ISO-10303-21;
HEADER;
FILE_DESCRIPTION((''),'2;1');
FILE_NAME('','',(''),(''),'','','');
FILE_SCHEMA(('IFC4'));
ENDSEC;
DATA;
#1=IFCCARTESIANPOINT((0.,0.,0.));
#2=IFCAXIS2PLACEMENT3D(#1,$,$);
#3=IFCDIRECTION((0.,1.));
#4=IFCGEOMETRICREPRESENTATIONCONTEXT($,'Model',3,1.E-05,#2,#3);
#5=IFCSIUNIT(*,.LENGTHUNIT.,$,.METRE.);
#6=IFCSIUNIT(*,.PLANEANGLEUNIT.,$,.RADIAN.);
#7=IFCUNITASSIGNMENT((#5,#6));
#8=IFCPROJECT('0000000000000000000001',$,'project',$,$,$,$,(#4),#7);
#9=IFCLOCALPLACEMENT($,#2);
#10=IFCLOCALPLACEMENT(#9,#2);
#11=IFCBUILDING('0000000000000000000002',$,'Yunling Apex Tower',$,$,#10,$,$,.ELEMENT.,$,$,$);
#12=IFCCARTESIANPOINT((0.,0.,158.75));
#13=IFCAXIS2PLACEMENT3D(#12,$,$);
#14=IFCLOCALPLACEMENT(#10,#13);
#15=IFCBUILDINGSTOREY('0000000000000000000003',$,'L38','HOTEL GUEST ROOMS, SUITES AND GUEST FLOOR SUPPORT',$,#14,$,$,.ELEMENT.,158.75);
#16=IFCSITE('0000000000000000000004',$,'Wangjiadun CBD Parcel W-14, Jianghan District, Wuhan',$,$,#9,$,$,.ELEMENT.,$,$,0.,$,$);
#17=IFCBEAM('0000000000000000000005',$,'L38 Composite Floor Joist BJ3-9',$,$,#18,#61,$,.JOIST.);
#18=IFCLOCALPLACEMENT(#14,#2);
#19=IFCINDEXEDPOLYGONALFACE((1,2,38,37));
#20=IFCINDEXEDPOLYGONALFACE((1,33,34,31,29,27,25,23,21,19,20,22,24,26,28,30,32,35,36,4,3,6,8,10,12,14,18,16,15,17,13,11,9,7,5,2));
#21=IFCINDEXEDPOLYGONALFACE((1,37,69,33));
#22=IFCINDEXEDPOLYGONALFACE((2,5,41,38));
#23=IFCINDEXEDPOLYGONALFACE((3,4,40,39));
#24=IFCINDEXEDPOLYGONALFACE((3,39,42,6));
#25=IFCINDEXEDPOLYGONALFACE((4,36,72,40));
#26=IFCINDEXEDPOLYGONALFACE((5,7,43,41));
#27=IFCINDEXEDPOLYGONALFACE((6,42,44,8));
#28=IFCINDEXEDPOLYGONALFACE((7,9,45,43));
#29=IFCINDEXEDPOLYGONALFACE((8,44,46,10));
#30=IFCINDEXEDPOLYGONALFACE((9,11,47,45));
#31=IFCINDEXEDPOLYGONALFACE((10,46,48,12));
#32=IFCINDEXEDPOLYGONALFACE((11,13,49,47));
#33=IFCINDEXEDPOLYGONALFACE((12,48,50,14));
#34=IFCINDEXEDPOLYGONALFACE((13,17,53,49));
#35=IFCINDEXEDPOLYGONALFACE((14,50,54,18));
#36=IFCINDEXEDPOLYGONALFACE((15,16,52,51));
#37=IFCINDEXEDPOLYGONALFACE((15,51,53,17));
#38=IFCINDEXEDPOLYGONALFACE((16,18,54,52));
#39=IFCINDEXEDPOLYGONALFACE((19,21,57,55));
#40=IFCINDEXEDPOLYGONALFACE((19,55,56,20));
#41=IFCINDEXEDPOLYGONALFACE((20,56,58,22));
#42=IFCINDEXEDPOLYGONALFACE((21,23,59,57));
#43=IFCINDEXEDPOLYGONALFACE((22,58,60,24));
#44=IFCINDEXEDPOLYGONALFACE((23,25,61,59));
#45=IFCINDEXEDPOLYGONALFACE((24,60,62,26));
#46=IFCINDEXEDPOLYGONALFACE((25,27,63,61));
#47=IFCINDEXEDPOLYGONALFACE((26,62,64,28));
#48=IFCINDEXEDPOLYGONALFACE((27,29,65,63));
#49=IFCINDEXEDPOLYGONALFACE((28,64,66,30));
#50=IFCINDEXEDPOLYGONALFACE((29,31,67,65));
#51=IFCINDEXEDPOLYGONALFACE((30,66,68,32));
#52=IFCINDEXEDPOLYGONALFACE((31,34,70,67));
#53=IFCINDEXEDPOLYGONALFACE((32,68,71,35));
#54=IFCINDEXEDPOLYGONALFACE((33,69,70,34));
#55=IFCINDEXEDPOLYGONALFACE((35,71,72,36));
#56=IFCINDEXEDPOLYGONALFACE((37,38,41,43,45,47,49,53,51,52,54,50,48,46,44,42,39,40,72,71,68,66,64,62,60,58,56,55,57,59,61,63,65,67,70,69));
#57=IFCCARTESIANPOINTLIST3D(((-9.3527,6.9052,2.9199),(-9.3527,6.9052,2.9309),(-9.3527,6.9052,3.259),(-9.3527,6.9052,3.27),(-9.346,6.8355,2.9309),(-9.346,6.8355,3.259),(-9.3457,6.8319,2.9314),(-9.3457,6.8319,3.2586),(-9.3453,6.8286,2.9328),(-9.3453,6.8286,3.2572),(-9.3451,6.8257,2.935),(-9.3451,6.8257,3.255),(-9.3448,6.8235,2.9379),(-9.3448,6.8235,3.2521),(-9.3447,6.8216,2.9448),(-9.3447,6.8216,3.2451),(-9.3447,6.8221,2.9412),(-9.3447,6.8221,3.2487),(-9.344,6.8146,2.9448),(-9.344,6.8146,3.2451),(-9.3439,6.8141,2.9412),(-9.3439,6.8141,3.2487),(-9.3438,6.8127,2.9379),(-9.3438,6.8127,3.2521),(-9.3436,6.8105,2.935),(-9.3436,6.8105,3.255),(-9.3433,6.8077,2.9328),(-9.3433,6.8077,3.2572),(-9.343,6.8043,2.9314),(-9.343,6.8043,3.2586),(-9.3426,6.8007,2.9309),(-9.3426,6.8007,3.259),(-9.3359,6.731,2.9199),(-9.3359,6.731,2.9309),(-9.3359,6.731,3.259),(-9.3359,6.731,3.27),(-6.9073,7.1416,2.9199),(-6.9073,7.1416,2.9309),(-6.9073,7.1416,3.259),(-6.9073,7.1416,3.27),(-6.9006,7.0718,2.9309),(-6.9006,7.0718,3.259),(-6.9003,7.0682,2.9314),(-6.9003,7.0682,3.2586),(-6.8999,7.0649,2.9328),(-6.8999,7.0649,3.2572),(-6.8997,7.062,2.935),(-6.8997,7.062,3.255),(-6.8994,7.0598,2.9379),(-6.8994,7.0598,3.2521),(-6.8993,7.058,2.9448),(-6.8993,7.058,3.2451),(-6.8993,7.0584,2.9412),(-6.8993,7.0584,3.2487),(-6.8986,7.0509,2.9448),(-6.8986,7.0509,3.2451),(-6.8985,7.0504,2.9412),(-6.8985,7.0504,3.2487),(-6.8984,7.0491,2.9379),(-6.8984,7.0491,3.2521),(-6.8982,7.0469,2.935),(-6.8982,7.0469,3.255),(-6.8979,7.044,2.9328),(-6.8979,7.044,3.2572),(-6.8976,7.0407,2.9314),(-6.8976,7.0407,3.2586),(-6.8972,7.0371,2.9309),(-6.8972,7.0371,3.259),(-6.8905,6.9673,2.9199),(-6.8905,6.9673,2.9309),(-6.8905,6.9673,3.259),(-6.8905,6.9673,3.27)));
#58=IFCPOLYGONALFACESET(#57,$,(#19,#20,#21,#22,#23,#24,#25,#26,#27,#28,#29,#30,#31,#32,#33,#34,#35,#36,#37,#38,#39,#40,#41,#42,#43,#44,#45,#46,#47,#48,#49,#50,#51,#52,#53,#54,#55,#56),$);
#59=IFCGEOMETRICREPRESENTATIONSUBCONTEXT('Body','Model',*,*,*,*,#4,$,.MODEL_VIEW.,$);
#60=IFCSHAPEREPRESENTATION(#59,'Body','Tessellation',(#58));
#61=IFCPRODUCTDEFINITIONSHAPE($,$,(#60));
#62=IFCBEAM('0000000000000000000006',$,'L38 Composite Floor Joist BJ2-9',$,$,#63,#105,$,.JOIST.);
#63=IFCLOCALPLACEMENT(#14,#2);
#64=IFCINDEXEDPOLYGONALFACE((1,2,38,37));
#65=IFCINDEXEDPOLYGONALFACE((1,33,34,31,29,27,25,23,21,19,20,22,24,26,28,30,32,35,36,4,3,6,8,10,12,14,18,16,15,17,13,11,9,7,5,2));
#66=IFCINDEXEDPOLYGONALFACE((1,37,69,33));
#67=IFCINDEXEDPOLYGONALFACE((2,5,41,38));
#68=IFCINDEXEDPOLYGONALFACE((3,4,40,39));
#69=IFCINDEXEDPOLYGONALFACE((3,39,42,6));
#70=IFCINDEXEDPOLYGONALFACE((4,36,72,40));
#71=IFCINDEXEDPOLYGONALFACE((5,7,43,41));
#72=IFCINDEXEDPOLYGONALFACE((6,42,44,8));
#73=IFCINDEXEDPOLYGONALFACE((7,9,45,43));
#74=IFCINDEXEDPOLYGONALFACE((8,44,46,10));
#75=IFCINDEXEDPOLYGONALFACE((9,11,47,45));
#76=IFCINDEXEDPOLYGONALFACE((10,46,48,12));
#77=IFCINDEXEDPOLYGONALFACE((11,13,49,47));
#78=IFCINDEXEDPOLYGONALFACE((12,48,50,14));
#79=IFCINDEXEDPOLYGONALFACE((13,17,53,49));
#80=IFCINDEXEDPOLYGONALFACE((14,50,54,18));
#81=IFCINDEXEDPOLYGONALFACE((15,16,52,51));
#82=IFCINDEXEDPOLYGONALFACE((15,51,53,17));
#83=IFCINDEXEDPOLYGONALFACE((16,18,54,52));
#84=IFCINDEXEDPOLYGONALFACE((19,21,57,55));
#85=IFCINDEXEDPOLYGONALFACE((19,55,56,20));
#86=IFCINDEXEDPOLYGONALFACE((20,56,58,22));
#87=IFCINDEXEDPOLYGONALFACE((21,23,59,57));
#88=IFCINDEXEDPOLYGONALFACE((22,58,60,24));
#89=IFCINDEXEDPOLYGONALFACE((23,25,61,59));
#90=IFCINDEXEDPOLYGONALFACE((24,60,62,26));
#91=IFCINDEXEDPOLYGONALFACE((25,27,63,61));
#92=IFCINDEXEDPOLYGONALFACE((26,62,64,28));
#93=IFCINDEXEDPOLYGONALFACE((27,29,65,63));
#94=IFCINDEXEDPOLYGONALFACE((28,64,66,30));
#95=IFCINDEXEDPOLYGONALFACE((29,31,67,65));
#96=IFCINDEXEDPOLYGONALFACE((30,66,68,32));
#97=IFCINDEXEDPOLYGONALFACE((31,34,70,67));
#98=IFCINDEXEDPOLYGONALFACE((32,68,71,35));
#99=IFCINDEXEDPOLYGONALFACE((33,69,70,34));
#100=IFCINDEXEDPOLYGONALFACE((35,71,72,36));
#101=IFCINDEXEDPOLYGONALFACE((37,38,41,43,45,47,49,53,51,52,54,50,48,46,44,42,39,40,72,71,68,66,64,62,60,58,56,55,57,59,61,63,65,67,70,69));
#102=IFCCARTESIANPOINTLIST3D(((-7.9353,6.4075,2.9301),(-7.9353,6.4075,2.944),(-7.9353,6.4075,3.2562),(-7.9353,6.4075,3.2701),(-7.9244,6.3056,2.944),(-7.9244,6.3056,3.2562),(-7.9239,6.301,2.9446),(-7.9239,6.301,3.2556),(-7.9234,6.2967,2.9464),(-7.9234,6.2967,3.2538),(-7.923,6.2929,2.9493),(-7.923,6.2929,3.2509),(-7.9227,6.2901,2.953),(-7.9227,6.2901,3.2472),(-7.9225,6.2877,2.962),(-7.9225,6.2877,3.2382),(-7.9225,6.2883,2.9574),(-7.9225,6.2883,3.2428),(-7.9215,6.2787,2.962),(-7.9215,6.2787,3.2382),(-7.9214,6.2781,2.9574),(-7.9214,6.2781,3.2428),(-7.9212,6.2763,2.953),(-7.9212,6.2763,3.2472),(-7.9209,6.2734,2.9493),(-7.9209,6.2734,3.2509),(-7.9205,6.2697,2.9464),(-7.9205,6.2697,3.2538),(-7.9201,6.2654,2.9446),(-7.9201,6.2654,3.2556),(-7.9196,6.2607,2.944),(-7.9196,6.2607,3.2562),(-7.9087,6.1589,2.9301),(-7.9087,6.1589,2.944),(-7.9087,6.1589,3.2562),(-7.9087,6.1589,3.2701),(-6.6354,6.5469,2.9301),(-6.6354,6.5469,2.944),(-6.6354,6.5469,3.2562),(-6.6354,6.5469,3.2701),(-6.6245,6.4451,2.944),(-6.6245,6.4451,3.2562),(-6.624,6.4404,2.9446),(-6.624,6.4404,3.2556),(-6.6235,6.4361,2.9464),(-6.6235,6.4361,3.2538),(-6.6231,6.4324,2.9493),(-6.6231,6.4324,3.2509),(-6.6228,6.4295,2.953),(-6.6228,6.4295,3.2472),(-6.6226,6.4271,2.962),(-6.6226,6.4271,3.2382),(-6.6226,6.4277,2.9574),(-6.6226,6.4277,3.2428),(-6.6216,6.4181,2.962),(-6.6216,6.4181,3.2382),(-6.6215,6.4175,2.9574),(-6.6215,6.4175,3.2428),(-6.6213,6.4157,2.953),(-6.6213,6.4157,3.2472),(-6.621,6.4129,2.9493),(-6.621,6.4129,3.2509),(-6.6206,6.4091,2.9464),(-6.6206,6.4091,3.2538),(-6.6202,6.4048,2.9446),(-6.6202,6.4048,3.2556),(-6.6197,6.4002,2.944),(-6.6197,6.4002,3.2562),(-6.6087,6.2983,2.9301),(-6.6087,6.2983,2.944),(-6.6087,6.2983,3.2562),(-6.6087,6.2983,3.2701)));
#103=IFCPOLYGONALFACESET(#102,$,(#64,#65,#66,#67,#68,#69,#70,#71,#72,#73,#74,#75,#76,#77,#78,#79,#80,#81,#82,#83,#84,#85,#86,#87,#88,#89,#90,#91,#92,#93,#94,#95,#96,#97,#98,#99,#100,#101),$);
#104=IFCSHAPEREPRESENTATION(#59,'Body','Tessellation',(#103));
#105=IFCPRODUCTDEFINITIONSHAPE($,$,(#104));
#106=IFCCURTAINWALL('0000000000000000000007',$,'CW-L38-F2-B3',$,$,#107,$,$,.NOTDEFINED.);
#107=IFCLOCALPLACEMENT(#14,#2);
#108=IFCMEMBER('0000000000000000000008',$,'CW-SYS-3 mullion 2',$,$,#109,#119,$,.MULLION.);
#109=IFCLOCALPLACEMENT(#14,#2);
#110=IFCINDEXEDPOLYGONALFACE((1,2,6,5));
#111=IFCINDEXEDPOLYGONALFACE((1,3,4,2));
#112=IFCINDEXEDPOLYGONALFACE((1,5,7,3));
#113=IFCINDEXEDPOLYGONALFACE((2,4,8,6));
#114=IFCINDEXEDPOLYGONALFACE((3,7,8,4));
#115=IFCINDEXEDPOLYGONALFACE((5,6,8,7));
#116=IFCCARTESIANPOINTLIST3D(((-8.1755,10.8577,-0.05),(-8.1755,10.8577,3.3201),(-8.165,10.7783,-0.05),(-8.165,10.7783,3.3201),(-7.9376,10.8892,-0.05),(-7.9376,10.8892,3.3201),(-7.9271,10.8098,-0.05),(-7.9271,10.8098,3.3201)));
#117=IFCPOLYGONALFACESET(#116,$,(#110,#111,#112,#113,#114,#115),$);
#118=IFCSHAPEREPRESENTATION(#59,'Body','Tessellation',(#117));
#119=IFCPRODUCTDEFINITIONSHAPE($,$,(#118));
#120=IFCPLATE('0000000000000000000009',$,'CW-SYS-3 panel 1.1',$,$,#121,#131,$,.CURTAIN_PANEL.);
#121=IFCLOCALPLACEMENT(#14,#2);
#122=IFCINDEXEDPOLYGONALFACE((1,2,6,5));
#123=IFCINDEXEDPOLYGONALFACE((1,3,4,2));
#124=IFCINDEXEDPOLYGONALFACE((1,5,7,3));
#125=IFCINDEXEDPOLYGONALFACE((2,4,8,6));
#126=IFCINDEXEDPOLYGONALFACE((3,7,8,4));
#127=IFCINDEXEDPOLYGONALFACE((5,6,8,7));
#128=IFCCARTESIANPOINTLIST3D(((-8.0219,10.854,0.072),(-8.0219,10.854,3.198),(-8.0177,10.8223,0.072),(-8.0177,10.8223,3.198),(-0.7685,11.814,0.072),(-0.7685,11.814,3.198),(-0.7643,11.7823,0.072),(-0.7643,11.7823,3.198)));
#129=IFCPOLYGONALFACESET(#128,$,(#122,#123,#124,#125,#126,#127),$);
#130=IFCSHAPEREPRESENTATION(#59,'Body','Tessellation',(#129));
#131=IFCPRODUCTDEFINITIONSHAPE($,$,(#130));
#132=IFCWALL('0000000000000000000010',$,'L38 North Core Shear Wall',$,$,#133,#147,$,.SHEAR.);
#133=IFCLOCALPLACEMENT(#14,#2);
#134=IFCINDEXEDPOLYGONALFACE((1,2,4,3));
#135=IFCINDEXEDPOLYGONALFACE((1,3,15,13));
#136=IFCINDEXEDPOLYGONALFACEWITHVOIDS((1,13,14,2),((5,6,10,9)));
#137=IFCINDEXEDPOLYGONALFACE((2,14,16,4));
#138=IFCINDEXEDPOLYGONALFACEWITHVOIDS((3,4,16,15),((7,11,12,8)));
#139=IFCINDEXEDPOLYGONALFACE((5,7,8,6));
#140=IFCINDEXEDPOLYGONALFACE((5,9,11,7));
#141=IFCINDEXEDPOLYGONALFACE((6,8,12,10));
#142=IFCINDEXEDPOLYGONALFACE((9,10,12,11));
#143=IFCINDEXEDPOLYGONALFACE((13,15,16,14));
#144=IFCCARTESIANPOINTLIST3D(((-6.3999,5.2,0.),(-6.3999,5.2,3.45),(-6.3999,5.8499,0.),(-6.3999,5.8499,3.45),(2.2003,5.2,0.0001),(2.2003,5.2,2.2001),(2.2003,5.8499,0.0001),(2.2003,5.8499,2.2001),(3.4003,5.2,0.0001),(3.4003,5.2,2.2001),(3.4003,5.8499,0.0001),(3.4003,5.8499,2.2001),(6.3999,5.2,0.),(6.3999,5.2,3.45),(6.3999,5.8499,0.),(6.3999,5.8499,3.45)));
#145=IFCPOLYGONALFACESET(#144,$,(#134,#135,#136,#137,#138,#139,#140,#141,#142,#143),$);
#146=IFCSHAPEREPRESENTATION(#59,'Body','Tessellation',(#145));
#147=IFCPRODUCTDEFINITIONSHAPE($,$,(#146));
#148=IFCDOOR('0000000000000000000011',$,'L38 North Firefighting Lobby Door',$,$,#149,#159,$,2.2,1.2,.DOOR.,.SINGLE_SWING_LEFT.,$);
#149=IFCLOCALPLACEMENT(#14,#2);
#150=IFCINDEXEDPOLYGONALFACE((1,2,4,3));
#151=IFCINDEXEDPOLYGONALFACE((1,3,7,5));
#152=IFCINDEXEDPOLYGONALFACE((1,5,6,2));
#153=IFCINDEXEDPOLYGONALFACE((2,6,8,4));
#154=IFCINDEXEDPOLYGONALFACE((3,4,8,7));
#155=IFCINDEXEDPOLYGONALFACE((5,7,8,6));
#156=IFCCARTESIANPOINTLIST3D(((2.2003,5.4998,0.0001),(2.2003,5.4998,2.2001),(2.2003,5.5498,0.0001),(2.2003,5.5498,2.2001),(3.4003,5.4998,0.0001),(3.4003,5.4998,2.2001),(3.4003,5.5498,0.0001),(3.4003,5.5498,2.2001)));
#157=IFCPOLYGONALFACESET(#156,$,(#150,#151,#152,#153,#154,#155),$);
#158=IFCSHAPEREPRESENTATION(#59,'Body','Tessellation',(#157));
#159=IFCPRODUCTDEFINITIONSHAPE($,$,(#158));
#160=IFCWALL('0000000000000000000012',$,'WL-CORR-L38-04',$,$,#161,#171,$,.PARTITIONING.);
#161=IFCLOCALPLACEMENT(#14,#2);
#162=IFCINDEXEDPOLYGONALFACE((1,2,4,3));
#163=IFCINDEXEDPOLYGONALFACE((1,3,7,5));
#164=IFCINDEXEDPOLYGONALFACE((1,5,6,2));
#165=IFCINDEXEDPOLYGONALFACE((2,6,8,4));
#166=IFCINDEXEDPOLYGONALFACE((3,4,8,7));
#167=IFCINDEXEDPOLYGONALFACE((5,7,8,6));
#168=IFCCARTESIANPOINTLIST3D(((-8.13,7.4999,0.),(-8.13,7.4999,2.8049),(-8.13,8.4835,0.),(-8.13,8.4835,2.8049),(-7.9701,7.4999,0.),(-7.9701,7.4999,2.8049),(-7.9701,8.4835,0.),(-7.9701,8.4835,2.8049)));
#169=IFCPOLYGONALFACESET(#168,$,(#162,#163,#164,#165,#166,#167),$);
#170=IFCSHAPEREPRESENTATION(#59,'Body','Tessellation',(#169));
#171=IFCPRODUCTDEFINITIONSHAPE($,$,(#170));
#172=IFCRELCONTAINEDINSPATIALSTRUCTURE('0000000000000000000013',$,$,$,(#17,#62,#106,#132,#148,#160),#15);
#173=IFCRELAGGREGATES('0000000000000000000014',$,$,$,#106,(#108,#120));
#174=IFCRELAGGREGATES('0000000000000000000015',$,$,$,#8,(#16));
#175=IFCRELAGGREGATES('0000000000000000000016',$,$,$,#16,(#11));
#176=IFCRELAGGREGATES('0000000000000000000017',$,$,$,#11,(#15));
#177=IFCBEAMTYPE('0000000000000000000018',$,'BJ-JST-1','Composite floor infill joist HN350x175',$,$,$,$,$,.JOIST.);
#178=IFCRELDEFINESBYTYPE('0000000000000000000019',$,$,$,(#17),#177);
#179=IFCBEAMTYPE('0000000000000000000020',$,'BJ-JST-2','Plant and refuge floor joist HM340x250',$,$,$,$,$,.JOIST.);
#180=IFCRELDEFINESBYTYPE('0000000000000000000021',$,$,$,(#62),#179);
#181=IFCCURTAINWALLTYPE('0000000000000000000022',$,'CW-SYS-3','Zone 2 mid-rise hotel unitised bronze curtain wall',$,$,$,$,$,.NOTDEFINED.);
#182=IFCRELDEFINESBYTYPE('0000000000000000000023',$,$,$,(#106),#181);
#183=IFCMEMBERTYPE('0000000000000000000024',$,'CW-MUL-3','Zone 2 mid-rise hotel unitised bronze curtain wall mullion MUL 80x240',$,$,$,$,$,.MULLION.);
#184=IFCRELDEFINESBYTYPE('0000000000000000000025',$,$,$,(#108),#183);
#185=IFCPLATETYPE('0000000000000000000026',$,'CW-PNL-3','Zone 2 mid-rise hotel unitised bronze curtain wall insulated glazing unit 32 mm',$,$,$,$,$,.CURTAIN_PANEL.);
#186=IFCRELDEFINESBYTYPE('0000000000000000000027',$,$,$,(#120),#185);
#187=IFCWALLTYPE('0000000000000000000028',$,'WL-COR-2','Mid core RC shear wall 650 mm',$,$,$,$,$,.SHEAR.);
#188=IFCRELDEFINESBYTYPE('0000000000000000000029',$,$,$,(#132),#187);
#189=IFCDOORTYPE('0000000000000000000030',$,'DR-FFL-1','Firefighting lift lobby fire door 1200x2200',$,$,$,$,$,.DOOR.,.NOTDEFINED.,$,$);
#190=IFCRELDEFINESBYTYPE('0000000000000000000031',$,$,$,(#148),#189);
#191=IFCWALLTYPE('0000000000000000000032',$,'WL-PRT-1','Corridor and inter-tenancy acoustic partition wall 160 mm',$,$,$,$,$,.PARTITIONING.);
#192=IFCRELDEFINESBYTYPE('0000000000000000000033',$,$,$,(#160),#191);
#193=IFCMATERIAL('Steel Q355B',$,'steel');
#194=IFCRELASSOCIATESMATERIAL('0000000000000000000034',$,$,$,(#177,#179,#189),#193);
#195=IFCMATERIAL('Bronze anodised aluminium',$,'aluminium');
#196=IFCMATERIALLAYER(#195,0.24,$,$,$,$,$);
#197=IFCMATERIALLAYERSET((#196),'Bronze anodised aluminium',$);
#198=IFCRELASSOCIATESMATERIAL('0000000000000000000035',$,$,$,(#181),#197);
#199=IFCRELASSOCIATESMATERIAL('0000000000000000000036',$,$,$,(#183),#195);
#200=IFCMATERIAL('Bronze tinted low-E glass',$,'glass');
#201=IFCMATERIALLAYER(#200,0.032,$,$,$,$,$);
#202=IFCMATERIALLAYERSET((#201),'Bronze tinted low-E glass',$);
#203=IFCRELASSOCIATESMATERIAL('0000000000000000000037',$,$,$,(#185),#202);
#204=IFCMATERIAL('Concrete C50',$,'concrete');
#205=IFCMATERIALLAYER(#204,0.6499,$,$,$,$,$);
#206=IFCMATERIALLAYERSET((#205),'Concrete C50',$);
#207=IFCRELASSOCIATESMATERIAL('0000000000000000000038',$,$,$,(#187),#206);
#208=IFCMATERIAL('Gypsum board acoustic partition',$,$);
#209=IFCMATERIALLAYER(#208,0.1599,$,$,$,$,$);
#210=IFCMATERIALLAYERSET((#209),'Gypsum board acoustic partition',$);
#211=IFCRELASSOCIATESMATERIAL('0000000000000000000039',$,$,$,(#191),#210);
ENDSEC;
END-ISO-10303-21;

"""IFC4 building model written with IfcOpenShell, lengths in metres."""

from ifc_helpers import new_model, si_unit, direction, frame, frame_2d, origin, origin_2d, place, context, subcontext, project, spatial, rectangle, i_section, extrude, source, transform, mapped, material, layer, layer_set, material_profile, profile_set, type_object, element, fill, aggregate, save


model = new_model("IFC4")

# Units and contexts
model_context = context("Model", 3, precision=1e-05, world=origin(), true_north=direction((0.0, 1.0)))
body_context = subcontext(model_context, "Body", "Model", "MODEL_VIEW")
ifc_project = project(units=[si_unit("LENGTHUNIT", "METRE"), si_unit("PLANEANGLEUNIT", "RADIAN")], contexts=[model_context])

# Site, building, storey
site_placement = place(None, origin())
site = spatial("IfcSite", under=ifc_project, at=site_placement, Name="Wangjiadun CBD Parcel W-14, Jianghan District, Wuhan", CompositionType="ELEMENT", RefElevation=0.0)
building_placement = place(site_placement, origin())
building = spatial("IfcBuilding", under=site, at=building_placement, Name="Yunling Apex Tower", CompositionType="ELEMENT")
storey_placement = place(building_placement, frame((0.0, 0.0, 158.75)))
storey = spatial("IfcBuildingStorey", under=building, at=storey_placement, Name="L38", Description="HOTEL GUEST ROOMS, SUITES AND GUEST FLOOR SUPPORT", CompositionType="ELEMENT", Elevation=158.75)

# Beams
ifc_material_1 = material(Name="Steel Q355B", Category="steel")
ifc_material_profile_1 = material_profile(ifc_material_1, i_section(OverallWidth=0.175, OverallDepth=0.3501, WebThickness=0.0071, FlangeThickness=0.011, FilletRadius=0.0139, at=origin_2d()))
ifc_profile_set_1 = profile_set([ifc_material_profile_1], Name="Steel Q355B")
beam_type_1 = type_object("IfcBeamType", Name="BJ-JST-1", Description="Composite floor infill joist HN350x175", PredefinedType="JOIST", material=ifc_profile_set_1)
shared_shape_1 = source(origin(), body_context, "Body", "SweptSolid", [
    extrude(i_section(OverallWidth=0.175, OverallDepth=0.3501, WebThickness=0.0071, FlangeThickness=0.011, FilletRadius=0.0139, at=origin_2d()), origin(), (0.0, 0.0, 1.0), 2.4568),
])
beam_1_placement = place(storey_placement, frame((-6.8989, 7.0544, 3.095), z_axis=(-0.995362, -0.096197, 0.0), x_axis=(0.096197, -0.995362, 0.0)))
element("IfcBeam", 1, at=beam_1_placement, inside=storey, type_object=beam_type_1, Name="L38 Composite Floor Joist BJ3-9", PredefinedType="JOIST", context=body_context, shape_type="MappedRepresentation", body=[
    mapped(shared_shape_1, transform((0.0, 0.0, 0.0), scale=1.0)),
])
ifc_material_profile_2 = material_profile(ifc_material_1, i_section(OverallWidth=0.25, OverallDepth=0.3401, WebThickness=0.009, FlangeThickness=0.0139, FilletRadius=0.0181, at=origin_2d()))
ifc_profile_set_2 = profile_set([ifc_material_profile_2], Name="Steel Q355B")
beam_type_2 = type_object("IfcBeamType", Name="BJ-JST-2", Description="Plant and refuge floor joist HM340x250", PredefinedType="JOIST", material=ifc_profile_set_2)
shared_shape_2 = source(origin(), body_context, "Body", "SweptSolid", [
    extrude(i_section(OverallWidth=0.25, OverallDepth=0.3401, WebThickness=0.009, FlangeThickness=0.0139, FilletRadius=0.0181, at=origin_2d()), origin(), (0.0, 0.0, 1.0), 1.3074),
])
beam_2_placement = place(storey_placement, frame((-6.6221, 6.4226, 3.1001), z_axis=(-0.994298, -0.106639, 0.0), x_axis=(0.106639, -0.994298, 0.0)))
element("IfcBeam", 2, at=beam_2_placement, inside=storey, type_object=beam_type_2, Name="L38 Composite Floor Joist BJ2-9", PredefinedType="JOIST", context=body_context, shape_type="MappedRepresentation", body=[
    mapped(shared_shape_2, transform((0.0, 0.0, 0.0), scale=1.0)),
])

# Curtain wall, member, plate
ifc_material_2 = material(Name="Bronze anodised aluminium", Category="aluminium")
ifc_layer_1 = layer(ifc_material_2, 0.24)
ifc_layer_set_1 = layer_set([ifc_layer_1], Name="Bronze anodised aluminium")
curtain_wall_type = type_object("IfcCurtainWallType", Name="CW-SYS-3", Description="Zone 2 mid-rise hotel unitised bronze curtain wall", PredefinedType="NOTDEFINED", material=ifc_layer_set_1)
curtain_wall_placement = place(storey_placement, origin())
curtain_wall = element("IfcCurtainWall", 3, at=curtain_wall_placement, inside=storey, type_object=curtain_wall_type, Name="CW-L38-F2-B3", PredefinedType="NOTDEFINED")
ifc_material_profile_3 = material_profile(ifc_material_2, rectangle(XDim=0.0801, YDim=0.24, at=origin_2d()))
ifc_profile_set_3 = profile_set([ifc_material_profile_3], Name="Bronze anodised aluminium")
member_type = type_object("IfcMemberType", Name="CW-MUL-3", Description="Zone 2 mid-rise hotel unitised bronze curtain wall mullion MUL 80x240", PredefinedType="MULLION", material=ifc_profile_set_3)
shared_shape_3 = source(origin(), body_context, "Body", "SweptSolid", [
    extrude(rectangle(XDim=0.0801, YDim=0.24, at=origin_2d()), origin(), (0.0, 0.0, 1.0), 3.3701),
])
member_placement = place(storey_placement, frame((-8.0513, 10.8337, -0.05), z_axis=(0.0, 0.0, 1.0), x_axis=(0.131209, -0.991355, 0.0)))
member = element("IfcMember", 4, at=member_placement, type_object=member_type, Name="CW-SYS-3 mullion 2", PredefinedType="MULLION", context=body_context, shape_type="MappedRepresentation", body=[
    mapped(shared_shape_3, transform((0.0, 0.0, 0.0), scale=1.0)),
])
ifc_material_3 = material(Name="Bronze tinted low-E glass", Category="glass")
ifc_layer_2 = layer(ifc_material_3, 0.032)
ifc_layer_set_2 = layer_set([ifc_layer_2], Name="Bronze tinted low-E glass")
plate_type = type_object("IfcPlateType", Name="CW-PNL-3", Description="Zone 2 mid-rise hotel unitised bronze curtain wall insulated glazing unit 32 mm", PredefinedType="CURTAIN_PANEL", material=ifc_layer_set_2)
shared_shape_4 = source(origin(), body_context, "Body", "SweptSolid", [
    extrude(rectangle(XDim=7.3167, YDim=0.032, at=origin_2d()), origin(), (0.0, 0.0, 1.0), 3.126),
])
plate_placement = place(storey_placement, frame((-4.3931, 11.3181, 0.072), z_axis=(0.0, 0.0, 1.0), x_axis=(-0.991355, -0.131209, 0.0)))
plate = element("IfcPlate", 5, at=plate_placement, type_object=plate_type, Name="CW-SYS-3 panel 1.1", PredefinedType="CURTAIN_PANEL", context=body_context, shape_type="MappedRepresentation", body=[
    mapped(shared_shape_4, transform((0.0, 0.0, 0.0), scale=1.0)),
])
aggregate(curtain_wall, [member, plate])

# Wall, opening, door
ifc_material_4 = material(Name="Concrete C50", Category="concrete")
ifc_layer_3 = layer(ifc_material_4, 0.6499)
ifc_layer_set_3 = layer_set([ifc_layer_3], Name="Concrete C50")
wall_type_1 = type_object("IfcWallType", Name="WL-COR-2", Description="Mid core RC shear wall 650 mm", PredefinedType="SHEAR", material=ifc_layer_set_3)
wall_1_placement = place(storey_placement, frame((-6.3999, 5.5249, 0.0), z_axis=(0.0, 0.0, 1.0), x_axis=(1.0, 0.0, 0.0)))
wall_1 = element("IfcWall", 6, at=wall_1_placement, inside=storey, type_object=wall_type_1, Name="L38 North Core Shear Wall", PredefinedType="SHEAR", context=body_context, shape_type="SweptSolid", body=[
    extrude(rectangle(XDim=12.7998, YDim=0.6499, at=frame_2d((6.3999, 0.0))), origin(), (0.0, 0.0, 1.0), 3.45),
])
opening_1_placement = place(wall_1_placement, frame((8.6001, 0.0, 0.0)))
opening_1 = element("IfcOpeningElement", 7, at=opening_1_placement, cuts=wall_1, PredefinedType="OPENING", context=body_context, shape_type="SweptSolid", body=[
    extrude(rectangle(XDim=1.2, YDim=2.2, at=frame_2d((0.6001, 1.1001))), frame((0.0, 0.335, 0.0), z_axis=(0.0, -1.0, 0.0), x_axis=(1.0, 0.0, 0.0)), (0.0, 0.0, 1.0), 0.6699),
])
door_type_1 = type_object("IfcDoorType", Name="DR-FFL-1", Description="Firefighting lift lobby fire door 1200x2200", OperationType="NOTDEFINED", PredefinedType="DOOR", material=ifc_material_1)
door_1_placement = place(opening_1_placement, origin())
door_1 = element("IfcDoor", 8, at=door_1_placement, inside=storey, type_object=door_type_1, Name="L38 North Firefighting Lobby Door", OperationType="SINGLE_SWING_LEFT", OverallHeight=2.2, OverallWidth=1.2, PredefinedType="DOOR", context=body_context, shape_type="SweptSolid", body=[
    extrude(rectangle(XDim=1.2, YDim=2.2, at=frame_2d((0.6001, 1.1001))), frame((0.0, 0.0249, 0.0), z_axis=(0.0, -1.0, 0.0), x_axis=(1.0, 0.0, 0.0)), (0.0, 0.0, 1.0), 0.05),
])
fill(opening_1, door_1)

# Wall
ifc_material_5 = material(Name="Gypsum board acoustic partition")
ifc_layer_4 = layer(ifc_material_5, 0.1599)
ifc_layer_set_4 = layer_set([ifc_layer_4], Name="Gypsum board acoustic partition")
wall_type_2 = type_object("IfcWallType", Name="WL-PRT-1", Description="Corridor and inter-tenancy acoustic partition wall 160 mm", PredefinedType="PARTITIONING", material=ifc_layer_set_4)
wall_2_placement = place(storey_placement, frame((-8.05, 7.5, 0.0), z_axis=(0.0, 0.0, 1.0), x_axis=(0.0, 1.0, 0.0)))
element("IfcWall", 9, at=wall_2_placement, inside=storey, type_object=wall_type_2, Name="WL-CORR-L38-04", PredefinedType="PARTITIONING", context=body_context, shape_type="SweptSolid", body=[
    extrude(rectangle(XDim=0.9836, YDim=0.1599, at=frame_2d((0.4917, 0.0))), origin(), (0.0, 0.0, 1.0), 2.8049),
])

save(model, "model.ifc")
